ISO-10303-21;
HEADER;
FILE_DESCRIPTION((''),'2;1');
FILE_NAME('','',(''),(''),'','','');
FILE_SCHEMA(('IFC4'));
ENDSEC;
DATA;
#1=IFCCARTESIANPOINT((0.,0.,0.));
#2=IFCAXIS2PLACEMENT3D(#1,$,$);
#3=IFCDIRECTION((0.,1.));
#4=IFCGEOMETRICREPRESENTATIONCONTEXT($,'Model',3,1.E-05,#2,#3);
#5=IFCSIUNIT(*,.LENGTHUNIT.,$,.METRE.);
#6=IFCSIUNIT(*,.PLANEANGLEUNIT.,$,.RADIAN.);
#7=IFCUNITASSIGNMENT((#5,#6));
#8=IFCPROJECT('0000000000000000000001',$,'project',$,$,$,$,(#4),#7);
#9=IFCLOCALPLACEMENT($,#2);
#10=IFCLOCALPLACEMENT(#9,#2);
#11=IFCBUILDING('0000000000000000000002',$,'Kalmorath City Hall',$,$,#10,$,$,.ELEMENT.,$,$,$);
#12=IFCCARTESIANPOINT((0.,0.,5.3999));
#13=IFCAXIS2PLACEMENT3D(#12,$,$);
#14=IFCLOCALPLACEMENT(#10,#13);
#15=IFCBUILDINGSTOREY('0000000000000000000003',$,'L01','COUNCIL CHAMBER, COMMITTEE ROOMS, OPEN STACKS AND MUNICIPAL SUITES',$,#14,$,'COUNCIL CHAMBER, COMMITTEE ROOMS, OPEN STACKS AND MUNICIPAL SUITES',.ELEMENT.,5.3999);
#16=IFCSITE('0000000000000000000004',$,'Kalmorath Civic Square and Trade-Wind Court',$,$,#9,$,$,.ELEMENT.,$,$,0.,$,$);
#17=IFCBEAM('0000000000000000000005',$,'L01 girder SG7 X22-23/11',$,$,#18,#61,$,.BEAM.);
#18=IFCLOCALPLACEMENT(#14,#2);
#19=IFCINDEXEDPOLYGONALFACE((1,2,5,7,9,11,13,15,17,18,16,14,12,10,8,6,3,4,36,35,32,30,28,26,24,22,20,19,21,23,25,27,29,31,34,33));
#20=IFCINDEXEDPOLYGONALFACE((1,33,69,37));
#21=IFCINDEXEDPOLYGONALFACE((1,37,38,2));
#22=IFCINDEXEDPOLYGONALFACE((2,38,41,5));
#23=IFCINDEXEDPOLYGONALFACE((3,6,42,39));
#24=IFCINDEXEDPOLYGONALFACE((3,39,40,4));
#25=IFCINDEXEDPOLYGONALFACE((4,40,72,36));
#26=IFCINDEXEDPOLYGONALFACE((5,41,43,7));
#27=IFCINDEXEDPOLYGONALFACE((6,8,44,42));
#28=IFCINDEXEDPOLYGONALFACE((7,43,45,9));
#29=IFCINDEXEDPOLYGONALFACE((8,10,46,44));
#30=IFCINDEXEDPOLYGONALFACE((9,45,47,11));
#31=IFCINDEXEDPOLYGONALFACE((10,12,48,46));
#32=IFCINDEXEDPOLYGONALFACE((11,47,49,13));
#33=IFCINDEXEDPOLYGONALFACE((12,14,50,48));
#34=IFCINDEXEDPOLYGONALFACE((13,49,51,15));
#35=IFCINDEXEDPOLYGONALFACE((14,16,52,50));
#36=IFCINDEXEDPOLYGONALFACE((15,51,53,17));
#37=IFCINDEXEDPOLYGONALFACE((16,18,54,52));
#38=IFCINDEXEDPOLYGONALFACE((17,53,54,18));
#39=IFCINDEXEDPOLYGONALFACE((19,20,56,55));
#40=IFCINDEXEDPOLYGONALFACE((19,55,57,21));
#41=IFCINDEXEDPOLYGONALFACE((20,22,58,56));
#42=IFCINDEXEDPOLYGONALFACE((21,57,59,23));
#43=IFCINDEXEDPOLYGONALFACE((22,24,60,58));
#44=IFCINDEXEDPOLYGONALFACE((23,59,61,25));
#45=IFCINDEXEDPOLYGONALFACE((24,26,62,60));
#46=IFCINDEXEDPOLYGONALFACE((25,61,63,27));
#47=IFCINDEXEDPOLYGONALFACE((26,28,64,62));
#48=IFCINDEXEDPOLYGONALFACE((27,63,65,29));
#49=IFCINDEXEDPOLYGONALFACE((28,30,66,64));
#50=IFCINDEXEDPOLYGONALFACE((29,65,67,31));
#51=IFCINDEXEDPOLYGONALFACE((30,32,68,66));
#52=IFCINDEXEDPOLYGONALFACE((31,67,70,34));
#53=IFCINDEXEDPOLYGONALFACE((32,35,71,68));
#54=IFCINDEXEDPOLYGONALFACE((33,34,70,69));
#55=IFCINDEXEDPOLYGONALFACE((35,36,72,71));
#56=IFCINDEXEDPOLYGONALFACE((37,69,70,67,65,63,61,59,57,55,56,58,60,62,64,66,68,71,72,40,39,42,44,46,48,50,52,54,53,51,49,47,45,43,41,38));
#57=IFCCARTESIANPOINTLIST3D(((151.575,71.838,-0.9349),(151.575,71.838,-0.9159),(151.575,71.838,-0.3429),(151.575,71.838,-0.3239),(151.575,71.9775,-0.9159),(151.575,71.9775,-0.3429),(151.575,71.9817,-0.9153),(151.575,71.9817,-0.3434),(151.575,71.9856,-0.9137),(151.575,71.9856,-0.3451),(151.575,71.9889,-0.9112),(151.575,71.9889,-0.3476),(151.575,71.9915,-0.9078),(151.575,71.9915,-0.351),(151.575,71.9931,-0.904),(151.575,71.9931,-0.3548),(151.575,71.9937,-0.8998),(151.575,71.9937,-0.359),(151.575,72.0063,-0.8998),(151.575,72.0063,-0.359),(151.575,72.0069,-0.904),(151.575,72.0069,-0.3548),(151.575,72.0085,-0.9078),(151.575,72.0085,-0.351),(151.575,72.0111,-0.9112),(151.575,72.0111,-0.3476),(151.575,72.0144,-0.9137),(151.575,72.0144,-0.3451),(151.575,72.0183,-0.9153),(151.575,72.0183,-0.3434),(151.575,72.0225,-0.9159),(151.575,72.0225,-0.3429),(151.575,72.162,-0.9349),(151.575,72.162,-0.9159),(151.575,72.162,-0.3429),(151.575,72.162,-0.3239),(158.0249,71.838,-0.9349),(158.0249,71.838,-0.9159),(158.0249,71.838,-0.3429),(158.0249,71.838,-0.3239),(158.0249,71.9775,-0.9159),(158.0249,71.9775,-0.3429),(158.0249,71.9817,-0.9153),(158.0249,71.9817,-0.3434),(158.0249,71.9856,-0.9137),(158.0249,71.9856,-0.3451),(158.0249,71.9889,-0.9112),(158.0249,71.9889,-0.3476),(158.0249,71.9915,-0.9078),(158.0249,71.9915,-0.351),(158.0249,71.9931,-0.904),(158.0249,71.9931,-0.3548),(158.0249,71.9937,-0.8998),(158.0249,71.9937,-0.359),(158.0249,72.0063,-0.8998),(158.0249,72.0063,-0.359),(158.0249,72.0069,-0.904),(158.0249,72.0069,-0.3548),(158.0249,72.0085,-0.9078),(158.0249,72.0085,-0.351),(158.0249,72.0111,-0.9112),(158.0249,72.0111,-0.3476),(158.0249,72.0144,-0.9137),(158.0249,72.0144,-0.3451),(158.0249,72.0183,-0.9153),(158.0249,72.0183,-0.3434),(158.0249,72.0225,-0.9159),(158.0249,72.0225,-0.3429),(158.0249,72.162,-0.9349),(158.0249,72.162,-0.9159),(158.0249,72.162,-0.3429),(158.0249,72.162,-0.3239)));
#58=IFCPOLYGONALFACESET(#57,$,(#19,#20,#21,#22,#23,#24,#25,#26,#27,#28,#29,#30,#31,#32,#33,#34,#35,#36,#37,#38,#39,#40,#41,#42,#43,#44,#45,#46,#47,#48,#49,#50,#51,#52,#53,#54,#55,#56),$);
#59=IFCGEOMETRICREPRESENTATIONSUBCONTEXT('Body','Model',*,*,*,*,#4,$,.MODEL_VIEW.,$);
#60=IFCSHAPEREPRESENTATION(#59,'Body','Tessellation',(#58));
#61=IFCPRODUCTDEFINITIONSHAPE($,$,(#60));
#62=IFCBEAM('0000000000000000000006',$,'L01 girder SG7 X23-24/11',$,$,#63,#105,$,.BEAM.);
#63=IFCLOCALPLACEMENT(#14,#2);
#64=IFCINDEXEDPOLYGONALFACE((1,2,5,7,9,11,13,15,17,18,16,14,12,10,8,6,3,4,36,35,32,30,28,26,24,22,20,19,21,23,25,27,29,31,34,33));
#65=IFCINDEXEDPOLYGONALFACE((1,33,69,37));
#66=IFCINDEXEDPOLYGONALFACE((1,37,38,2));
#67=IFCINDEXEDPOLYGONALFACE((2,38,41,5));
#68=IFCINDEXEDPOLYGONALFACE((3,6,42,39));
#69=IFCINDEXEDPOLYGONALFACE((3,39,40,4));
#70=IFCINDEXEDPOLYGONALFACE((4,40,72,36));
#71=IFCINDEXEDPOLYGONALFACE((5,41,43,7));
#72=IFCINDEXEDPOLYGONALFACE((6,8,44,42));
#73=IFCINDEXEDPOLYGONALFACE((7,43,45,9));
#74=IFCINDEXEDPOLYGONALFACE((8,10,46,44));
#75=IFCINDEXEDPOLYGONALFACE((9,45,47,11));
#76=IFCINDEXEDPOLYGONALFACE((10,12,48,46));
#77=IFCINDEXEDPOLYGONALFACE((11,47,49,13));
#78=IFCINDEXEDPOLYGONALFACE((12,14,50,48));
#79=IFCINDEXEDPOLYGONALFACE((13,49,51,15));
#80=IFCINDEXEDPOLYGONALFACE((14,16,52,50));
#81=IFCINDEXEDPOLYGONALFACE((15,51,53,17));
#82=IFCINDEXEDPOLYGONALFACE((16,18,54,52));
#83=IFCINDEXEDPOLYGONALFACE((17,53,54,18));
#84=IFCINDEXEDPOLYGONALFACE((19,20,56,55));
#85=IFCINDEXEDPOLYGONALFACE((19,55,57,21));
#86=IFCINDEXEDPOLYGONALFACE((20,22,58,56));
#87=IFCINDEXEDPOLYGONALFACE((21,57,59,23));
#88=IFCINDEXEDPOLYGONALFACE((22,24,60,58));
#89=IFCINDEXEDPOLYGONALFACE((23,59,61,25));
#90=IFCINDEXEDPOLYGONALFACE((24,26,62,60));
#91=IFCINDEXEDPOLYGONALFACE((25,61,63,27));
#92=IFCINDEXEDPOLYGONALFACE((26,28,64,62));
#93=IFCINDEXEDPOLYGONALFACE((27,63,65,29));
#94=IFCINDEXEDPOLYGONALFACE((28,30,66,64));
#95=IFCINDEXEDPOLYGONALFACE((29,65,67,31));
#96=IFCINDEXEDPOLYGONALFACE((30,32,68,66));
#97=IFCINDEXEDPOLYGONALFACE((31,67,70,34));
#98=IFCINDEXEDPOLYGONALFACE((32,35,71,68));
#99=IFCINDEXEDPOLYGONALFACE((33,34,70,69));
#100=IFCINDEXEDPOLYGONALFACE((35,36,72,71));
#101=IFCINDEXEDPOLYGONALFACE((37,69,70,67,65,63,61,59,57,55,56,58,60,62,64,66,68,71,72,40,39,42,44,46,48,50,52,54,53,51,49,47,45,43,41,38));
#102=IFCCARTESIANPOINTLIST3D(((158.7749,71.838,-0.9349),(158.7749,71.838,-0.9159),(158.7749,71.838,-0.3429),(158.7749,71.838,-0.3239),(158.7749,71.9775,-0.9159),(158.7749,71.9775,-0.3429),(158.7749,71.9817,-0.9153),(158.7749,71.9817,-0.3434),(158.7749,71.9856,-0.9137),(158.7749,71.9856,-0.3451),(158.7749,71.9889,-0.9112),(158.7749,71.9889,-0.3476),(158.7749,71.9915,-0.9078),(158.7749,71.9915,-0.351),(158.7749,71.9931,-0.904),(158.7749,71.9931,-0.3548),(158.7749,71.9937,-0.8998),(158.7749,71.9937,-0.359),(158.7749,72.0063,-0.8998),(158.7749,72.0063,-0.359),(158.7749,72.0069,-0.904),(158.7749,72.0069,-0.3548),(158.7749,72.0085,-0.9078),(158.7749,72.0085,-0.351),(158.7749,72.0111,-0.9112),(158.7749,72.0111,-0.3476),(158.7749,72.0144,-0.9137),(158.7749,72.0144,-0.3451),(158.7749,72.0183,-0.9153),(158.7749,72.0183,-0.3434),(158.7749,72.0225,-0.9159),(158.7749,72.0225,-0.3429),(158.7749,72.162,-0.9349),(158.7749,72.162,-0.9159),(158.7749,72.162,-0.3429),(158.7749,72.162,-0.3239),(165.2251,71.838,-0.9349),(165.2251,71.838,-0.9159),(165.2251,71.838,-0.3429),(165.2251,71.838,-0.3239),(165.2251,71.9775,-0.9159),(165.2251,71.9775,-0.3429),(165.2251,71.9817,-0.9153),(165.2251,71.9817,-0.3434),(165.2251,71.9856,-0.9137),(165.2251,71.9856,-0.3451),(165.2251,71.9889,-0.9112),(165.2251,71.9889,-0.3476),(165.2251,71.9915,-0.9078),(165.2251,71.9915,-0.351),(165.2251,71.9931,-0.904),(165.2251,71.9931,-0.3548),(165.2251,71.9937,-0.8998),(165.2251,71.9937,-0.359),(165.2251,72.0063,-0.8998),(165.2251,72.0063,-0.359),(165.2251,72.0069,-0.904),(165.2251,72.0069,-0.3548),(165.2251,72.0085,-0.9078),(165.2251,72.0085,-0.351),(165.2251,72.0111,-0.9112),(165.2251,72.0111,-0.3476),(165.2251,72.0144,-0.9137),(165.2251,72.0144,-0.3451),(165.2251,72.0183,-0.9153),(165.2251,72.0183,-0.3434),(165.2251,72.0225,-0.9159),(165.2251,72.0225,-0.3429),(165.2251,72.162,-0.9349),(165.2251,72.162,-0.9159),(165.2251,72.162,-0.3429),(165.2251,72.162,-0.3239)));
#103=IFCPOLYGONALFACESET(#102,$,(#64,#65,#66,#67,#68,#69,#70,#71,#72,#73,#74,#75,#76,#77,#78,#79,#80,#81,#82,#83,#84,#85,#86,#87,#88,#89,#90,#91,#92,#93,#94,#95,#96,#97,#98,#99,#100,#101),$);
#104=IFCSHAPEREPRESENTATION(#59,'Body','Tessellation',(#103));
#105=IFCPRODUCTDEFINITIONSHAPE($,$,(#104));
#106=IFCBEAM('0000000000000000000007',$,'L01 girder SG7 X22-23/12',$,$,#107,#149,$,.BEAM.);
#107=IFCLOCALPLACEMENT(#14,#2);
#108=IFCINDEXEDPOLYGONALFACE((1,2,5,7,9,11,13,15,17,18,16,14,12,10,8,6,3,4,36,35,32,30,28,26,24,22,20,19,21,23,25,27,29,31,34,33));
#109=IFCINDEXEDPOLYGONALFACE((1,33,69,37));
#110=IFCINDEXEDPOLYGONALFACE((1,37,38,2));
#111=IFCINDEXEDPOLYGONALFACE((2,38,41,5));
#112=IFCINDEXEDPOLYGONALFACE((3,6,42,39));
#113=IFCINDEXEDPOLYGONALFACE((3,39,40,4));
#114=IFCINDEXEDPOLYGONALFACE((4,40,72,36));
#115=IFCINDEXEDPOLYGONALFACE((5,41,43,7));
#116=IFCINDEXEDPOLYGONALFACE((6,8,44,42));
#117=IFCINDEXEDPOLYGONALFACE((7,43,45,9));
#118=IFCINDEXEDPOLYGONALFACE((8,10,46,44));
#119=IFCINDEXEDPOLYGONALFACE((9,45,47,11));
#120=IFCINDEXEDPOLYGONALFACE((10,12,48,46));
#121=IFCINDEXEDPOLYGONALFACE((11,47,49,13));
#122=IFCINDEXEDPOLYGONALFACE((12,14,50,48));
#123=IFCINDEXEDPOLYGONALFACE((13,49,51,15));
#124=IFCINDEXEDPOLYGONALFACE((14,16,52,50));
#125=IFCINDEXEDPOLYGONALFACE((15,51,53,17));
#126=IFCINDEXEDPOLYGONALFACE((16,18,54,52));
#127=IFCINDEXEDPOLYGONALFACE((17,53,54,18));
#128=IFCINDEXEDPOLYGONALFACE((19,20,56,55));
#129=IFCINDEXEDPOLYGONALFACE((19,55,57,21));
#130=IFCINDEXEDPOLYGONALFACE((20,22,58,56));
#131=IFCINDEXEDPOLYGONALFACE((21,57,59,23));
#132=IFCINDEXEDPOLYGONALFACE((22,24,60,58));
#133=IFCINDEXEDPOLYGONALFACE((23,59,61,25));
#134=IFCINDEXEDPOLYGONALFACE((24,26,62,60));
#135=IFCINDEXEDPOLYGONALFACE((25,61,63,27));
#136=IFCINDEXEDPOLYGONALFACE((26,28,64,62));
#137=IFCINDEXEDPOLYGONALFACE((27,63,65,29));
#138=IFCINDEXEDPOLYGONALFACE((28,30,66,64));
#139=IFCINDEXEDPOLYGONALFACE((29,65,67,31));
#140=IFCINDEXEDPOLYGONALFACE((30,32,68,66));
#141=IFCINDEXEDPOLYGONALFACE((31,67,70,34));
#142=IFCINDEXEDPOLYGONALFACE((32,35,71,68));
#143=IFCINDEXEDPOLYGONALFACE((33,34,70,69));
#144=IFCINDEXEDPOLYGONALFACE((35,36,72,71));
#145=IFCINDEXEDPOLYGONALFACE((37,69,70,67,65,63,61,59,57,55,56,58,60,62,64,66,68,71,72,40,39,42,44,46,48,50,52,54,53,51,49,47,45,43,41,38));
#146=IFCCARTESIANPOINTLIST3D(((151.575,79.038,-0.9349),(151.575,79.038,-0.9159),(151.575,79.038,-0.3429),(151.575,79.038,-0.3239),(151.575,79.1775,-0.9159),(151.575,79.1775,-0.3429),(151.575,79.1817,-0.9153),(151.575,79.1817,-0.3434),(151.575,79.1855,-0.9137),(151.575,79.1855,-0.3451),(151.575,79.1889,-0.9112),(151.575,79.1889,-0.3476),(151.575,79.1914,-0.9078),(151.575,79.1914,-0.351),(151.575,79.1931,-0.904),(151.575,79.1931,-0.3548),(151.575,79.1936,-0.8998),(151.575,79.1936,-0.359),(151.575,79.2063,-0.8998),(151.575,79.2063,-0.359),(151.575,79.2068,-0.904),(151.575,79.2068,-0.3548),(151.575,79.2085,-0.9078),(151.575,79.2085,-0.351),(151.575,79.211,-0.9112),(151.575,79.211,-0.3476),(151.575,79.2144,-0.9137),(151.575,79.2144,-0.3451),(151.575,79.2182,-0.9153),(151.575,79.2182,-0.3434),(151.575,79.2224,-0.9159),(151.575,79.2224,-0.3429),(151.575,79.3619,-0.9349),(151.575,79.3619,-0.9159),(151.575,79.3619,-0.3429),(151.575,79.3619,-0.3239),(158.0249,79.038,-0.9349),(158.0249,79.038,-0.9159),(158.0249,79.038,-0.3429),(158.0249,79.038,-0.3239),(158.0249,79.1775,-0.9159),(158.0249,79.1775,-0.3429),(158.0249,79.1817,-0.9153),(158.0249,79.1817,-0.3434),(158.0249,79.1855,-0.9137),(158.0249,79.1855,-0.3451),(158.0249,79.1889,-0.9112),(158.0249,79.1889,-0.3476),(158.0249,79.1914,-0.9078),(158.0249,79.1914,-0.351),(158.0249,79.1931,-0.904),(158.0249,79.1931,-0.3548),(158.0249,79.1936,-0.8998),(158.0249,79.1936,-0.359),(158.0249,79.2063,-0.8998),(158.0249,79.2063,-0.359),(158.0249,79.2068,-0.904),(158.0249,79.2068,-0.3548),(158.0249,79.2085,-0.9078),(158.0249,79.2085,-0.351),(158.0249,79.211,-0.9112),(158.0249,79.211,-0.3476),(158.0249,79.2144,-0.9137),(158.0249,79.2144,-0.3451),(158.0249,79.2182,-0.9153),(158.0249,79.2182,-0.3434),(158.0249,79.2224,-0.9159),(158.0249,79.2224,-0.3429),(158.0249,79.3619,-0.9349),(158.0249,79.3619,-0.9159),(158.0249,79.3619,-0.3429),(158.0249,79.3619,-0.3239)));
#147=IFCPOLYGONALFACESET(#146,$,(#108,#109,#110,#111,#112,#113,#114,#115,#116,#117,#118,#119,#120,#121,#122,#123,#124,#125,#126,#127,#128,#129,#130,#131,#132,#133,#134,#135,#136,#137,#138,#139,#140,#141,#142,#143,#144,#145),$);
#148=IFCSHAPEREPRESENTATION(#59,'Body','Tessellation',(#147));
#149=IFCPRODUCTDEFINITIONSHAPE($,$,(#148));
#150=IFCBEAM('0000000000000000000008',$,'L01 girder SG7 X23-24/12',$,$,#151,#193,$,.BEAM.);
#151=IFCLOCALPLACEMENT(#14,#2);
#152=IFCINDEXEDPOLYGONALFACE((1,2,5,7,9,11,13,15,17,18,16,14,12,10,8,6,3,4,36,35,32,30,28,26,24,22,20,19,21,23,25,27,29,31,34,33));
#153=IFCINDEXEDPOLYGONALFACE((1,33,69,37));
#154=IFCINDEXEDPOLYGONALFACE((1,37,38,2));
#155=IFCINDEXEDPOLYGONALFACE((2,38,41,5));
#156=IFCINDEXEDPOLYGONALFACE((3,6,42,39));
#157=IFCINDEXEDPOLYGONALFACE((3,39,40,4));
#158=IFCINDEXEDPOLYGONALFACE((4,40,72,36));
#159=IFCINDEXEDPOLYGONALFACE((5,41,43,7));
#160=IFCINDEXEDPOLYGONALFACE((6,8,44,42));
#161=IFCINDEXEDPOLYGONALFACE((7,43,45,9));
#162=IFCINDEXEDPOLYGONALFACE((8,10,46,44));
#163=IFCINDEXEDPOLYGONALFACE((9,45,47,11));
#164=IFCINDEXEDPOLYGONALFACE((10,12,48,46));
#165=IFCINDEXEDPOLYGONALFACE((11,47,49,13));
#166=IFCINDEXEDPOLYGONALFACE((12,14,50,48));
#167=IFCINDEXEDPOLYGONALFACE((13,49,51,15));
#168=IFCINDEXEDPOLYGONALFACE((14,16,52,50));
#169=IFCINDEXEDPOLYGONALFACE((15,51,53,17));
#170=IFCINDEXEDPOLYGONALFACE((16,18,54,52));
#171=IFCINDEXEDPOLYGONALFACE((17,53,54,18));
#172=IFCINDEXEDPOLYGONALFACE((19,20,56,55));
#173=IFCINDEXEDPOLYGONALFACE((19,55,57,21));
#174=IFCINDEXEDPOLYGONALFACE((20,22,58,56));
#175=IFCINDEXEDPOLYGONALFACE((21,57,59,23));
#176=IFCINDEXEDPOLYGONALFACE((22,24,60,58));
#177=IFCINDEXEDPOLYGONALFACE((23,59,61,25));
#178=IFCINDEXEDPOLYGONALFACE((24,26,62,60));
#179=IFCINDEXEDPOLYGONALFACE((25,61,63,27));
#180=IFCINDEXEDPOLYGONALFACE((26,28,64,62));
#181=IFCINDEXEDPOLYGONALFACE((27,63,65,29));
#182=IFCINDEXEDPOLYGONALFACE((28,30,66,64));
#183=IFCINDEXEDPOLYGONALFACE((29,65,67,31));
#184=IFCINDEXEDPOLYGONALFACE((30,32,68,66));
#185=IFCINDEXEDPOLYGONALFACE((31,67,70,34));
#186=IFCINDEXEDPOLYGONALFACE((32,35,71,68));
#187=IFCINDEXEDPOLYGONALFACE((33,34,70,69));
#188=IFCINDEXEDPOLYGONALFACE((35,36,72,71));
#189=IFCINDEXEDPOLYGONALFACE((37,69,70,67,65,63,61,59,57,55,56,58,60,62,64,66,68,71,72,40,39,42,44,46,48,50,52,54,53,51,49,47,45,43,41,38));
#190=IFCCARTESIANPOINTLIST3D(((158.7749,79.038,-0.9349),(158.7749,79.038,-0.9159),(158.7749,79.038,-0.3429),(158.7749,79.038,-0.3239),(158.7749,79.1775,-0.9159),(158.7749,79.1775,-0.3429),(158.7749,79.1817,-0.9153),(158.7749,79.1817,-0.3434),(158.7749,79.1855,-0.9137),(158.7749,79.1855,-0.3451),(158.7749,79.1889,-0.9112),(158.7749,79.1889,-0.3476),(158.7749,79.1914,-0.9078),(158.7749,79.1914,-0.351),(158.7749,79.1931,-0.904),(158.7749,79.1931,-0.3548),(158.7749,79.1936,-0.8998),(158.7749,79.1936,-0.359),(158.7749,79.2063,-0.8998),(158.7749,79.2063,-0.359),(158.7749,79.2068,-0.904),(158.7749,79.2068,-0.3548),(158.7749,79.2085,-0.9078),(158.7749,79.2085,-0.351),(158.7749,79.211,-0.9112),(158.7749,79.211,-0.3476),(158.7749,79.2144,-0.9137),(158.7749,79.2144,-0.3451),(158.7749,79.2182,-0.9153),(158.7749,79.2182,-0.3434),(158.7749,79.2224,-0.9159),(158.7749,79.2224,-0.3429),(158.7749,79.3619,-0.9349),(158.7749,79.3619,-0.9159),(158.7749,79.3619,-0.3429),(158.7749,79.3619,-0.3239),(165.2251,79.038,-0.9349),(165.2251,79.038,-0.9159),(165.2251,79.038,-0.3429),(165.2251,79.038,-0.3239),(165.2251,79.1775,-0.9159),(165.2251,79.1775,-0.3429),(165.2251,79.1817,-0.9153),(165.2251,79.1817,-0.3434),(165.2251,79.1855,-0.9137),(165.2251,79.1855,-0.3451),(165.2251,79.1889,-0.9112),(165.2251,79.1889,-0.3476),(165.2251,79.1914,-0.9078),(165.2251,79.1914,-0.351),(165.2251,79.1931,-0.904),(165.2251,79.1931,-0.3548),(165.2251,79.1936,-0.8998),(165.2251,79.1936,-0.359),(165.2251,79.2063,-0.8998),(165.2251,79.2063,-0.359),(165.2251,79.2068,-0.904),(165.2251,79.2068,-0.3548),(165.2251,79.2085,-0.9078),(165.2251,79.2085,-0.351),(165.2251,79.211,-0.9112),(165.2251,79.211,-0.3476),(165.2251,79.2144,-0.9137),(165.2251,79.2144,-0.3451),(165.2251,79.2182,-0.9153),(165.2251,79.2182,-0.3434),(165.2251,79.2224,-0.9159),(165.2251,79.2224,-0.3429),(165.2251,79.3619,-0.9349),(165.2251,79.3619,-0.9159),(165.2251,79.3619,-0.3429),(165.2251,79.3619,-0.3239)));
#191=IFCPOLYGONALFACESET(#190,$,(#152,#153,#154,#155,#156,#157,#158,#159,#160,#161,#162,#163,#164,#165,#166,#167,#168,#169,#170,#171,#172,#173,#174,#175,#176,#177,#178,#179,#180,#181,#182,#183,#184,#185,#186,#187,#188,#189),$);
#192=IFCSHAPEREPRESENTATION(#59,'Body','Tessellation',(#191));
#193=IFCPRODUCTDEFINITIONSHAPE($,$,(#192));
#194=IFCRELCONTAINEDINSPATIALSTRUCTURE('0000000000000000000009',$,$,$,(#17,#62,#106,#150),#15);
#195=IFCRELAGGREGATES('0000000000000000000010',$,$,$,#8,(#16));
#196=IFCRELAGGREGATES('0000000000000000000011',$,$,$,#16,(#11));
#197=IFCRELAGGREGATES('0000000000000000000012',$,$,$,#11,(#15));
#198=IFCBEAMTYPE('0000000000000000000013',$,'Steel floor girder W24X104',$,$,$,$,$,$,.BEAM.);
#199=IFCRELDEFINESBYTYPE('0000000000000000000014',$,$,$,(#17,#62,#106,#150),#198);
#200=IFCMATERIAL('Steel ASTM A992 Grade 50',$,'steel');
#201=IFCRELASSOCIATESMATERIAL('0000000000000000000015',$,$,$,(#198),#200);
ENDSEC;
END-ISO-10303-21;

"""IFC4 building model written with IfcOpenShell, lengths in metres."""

from ifc_helpers import new_model, si_unit, direction, frame, origin, origin_2d, place, context, subcontext, project, spatial, i_section, extrude, material, material_profile, profile_set, type_object, element, save


model = new_model("IFC4")

# Units and contexts
model_context = context("Model", 3, precision=1e-05, world=origin(), true_north=direction((0.0, 1.0)))
body_context = subcontext(model_context, "Body", "Model", "MODEL_VIEW")
ifc_project = project(units=[si_unit("LENGTHUNIT", "METRE"), si_unit("PLANEANGLEUNIT", "RADIAN")], contexts=[model_context])

# Site, building, storey
site_placement = place(None, origin())
site = spatial("IfcSite", under=ifc_project, at=site_placement, Name="Kalmorath Civic Square and Trade-Wind Court", CompositionType="ELEMENT", RefElevation=0.0)
building_placement = place(site_placement, origin())
building = spatial("IfcBuilding", under=site, at=building_placement, Name="Kalmorath City Hall", CompositionType="ELEMENT")
storey_placement = place(building_placement, frame((0.0, 0.0, 5.3999)))
storey = spatial("IfcBuildingStorey", under=building, at=storey_placement, Name="L01", Description="COUNCIL CHAMBER, COMMITTEE ROOMS, OPEN STACKS AND MUNICIPAL SUITES", LongName="COUNCIL CHAMBER, COMMITTEE ROOMS, OPEN STACKS AND MUNICIPAL SUITES", CompositionType="ELEMENT", Elevation=5.3999)

# Beams
ifc_material_1 = material(Name="Steel ASTM A992 Grade 50", Category="steel")
ifc_material_profile_1 = material_profile(ifc_material_1, i_section(OverallWidth=0.324, OverallDepth=0.6111, WebThickness=0.0127, FlangeThickness=0.019, FilletRadius=0.0161, at=origin_2d()), Name="W24X104")
ifc_profile_set_1 = profile_set([ifc_material_profile_1], Name="Steel ASTM A992 Grade 50")
beam_type_1 = type_object("IfcBeamType", Name="Steel floor girder W24X104", PredefinedType="BEAM", material=ifc_profile_set_1)
beam_1_placement = place(storey_placement, frame((151.575, 72.0, -0.6294), z_axis=(1.0, 0.0, 0.0), x_axis=(0.0, 1.0, 0.0)))
element("IfcBeam", 1, at=beam_1_placement, inside=storey, type_object=beam_type_1, Name="L01 girder SG7 X22-23/11", PredefinedType="BEAM", context=body_context, shape_type="SweptSolid", body=[
    extrude(i_section(OverallWidth=0.324, OverallDepth=0.6111, WebThickness=0.0127, FlangeThickness=0.019, FilletRadius=0.0161, at=origin_2d()), origin(), (0.0, 0.0, 1.0), 6.45),
])
beam_2_placement = place(storey_placement, frame((158.7749, 72.0, -0.6294), z_axis=(1.0, 0.0, 0.0), x_axis=(0.0, 1.0, 0.0)))
element("IfcBeam", 2, at=beam_2_placement, inside=storey, type_object=beam_type_1, Name="L01 girder SG7 X23-24/11", PredefinedType="BEAM", context=body_context, shape_type="SweptSolid", body=[
    extrude(i_section(OverallWidth=0.324, OverallDepth=0.6111, WebThickness=0.0127, FlangeThickness=0.019, FilletRadius=0.0161, at=origin_2d()), origin(), (0.0, 0.0, 1.0), 6.4502),
])
beam_3_placement = place(storey_placement, frame((151.575, 79.2, -0.6294), z_axis=(1.0, 0.0, 0.0), x_axis=(0.0, 1.0, 0.0)))
element("IfcBeam", 3, at=beam_3_placement, inside=storey, type_object=beam_type_1, Name="L01 girder SG7 X22-23/12", PredefinedType="BEAM", context=body_context, shape_type="SweptSolid", body=[
    extrude(i_section(OverallWidth=0.324, OverallDepth=0.6111, WebThickness=0.0127, FlangeThickness=0.019, FilletRadius=0.0161, at=origin_2d()), origin(), (0.0, 0.0, 1.0), 6.45),
])
beam_4_placement = place(storey_placement, frame((158.7749, 79.2, -0.6294), z_axis=(1.0, 0.0, 0.0), x_axis=(0.0, 1.0, 0.0)))
element("IfcBeam", 4, at=beam_4_placement, inside=storey, type_object=beam_type_1, Name="L01 girder SG7 X23-24/12", PredefinedType="BEAM", context=body_context, shape_type="SweptSolid", body=[
    extrude(i_section(OverallWidth=0.324, OverallDepth=0.6111, WebThickness=0.0127, FlangeThickness=0.019, FilletRadius=0.0161, at=origin_2d()), origin(), (0.0, 0.0, 1.0), 6.4502),
])

save(model, "model.ifc")
